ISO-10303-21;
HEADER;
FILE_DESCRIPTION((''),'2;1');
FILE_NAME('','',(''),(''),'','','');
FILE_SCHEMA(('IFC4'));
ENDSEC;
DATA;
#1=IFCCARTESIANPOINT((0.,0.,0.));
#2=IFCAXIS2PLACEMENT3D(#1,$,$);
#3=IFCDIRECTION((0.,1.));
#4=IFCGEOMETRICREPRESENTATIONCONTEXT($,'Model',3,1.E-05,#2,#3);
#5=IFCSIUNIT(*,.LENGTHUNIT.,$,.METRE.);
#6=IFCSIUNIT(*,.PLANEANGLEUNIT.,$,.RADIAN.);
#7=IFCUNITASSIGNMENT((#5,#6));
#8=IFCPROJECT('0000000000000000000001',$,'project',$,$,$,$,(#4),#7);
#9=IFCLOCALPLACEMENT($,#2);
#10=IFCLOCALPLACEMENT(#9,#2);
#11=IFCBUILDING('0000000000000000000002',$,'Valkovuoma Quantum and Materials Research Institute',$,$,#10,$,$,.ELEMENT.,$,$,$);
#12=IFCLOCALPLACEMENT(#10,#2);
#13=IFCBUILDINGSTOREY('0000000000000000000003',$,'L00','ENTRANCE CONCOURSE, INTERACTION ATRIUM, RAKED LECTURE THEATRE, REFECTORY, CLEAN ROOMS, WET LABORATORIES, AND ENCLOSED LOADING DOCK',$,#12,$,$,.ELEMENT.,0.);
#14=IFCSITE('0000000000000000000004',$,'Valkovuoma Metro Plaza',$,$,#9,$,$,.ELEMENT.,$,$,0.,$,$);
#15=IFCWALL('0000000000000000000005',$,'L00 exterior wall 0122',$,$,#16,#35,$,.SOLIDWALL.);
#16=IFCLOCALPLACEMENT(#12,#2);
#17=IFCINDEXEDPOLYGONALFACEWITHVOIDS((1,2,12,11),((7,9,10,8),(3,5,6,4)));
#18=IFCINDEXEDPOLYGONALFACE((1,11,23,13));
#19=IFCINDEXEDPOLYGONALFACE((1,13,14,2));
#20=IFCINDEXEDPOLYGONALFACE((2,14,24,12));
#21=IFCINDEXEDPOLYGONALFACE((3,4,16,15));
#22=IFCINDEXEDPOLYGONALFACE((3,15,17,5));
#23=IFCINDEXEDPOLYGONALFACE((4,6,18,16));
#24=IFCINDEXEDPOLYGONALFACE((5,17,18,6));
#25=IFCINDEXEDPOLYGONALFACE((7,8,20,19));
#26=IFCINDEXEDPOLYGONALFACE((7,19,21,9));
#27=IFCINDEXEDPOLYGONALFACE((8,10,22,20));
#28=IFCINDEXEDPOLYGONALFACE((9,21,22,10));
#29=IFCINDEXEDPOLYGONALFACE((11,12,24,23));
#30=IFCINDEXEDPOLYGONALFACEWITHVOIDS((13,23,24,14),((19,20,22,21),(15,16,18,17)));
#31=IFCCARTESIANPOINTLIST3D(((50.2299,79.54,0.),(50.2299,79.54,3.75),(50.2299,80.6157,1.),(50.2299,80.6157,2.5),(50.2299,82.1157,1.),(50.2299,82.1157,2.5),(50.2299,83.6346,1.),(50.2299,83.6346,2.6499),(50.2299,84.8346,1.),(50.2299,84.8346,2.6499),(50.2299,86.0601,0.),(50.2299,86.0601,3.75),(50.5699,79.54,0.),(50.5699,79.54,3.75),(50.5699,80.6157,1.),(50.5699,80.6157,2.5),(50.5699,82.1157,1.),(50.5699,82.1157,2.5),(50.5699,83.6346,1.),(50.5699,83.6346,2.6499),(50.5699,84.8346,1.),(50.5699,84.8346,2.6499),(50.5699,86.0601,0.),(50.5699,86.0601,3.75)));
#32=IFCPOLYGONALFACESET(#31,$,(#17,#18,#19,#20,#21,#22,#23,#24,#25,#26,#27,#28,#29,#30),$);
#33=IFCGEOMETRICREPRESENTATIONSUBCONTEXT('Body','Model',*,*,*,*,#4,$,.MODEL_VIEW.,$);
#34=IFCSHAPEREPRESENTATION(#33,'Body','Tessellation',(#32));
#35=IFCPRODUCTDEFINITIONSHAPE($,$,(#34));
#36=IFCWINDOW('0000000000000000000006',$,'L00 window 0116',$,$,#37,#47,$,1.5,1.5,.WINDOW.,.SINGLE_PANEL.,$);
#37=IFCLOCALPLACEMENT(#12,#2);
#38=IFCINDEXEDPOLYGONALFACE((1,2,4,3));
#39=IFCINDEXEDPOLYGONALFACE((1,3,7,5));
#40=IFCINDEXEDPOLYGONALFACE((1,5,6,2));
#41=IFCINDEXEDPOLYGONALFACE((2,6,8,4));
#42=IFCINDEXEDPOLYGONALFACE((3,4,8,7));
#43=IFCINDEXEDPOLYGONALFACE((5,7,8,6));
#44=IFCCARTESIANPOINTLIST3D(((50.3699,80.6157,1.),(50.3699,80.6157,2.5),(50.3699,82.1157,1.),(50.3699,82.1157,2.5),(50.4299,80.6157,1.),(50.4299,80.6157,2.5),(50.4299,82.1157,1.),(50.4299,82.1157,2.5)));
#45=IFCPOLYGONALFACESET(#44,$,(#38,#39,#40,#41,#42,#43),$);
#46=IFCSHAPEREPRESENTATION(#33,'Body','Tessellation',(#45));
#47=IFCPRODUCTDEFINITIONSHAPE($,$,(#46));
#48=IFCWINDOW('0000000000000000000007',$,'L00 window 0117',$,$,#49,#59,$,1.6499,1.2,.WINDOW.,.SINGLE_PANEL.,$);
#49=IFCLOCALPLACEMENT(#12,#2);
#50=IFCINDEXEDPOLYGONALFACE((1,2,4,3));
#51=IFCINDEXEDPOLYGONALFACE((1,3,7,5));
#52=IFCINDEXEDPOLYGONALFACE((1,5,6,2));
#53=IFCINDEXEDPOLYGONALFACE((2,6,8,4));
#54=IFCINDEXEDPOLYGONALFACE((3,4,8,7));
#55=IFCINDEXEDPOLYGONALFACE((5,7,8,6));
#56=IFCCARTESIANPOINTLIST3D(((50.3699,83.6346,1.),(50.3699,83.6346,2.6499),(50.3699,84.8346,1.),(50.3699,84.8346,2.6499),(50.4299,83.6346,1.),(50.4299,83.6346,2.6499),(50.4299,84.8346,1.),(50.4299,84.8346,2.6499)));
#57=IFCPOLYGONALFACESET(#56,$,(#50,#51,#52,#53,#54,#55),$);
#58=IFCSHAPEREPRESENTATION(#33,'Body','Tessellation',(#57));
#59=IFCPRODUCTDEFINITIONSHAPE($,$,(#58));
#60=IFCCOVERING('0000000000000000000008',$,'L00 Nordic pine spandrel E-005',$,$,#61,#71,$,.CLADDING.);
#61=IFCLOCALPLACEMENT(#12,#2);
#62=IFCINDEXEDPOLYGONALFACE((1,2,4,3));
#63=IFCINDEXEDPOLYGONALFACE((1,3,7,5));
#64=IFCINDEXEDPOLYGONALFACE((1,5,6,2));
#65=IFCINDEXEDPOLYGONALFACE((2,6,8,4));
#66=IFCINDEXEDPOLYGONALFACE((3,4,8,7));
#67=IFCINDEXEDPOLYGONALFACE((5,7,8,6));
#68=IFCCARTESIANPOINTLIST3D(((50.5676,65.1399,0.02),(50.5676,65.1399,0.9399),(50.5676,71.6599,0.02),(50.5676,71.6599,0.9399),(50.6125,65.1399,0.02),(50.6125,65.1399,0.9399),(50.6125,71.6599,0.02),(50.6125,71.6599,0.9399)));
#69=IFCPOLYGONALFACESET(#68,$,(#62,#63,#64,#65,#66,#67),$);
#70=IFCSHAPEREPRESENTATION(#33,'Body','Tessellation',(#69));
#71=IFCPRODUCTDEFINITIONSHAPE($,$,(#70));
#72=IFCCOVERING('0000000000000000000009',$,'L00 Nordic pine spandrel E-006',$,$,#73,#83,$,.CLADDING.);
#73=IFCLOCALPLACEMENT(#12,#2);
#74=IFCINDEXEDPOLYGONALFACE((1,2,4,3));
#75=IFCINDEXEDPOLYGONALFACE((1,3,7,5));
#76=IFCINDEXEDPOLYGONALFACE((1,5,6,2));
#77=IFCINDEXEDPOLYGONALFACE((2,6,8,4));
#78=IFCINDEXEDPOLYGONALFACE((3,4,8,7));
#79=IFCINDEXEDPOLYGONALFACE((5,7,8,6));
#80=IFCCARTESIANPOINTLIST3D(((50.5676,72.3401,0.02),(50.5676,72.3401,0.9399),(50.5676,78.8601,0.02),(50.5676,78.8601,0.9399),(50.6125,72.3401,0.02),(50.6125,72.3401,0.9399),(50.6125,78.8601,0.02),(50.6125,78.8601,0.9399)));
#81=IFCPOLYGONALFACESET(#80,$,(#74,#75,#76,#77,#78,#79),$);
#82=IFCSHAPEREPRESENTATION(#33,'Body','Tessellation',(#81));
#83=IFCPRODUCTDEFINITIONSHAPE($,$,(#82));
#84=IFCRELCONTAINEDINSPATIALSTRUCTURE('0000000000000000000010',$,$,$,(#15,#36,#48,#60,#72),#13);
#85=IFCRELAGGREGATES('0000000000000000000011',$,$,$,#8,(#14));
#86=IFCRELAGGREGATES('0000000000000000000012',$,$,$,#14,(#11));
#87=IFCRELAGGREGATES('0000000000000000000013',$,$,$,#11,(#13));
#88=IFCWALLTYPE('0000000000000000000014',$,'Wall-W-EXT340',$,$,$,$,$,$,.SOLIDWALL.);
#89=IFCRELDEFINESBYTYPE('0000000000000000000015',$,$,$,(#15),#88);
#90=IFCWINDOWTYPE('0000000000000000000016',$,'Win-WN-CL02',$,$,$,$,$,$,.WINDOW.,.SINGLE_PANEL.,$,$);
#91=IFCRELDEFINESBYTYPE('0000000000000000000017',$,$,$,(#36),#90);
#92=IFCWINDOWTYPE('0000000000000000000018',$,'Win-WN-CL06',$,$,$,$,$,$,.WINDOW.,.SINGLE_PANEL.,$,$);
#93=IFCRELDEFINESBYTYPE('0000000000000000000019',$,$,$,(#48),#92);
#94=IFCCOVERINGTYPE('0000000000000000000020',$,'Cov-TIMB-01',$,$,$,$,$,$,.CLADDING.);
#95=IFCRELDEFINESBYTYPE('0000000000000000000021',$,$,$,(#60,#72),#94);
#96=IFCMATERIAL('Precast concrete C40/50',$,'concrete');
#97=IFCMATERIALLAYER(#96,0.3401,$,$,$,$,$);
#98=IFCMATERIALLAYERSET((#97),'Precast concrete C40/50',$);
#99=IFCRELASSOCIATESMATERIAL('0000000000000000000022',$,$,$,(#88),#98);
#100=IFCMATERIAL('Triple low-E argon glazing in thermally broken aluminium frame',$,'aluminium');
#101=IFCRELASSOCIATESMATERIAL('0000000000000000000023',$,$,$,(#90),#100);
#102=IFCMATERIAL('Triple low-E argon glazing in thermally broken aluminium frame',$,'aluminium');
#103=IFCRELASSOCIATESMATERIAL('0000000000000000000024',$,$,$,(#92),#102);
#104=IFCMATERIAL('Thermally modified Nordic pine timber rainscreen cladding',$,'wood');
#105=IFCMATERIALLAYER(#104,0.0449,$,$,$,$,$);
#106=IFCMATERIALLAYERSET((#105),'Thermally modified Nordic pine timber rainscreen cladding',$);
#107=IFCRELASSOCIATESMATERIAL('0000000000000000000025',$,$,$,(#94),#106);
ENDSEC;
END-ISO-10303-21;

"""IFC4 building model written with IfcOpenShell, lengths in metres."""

from ifc_helpers import new_model, si_unit, direction, frame, frame_2d, origin, origin_2d, place, context, subcontext, project, spatial, rectangle, extrude, material, layer, layer_set, type_object, element, fill, save


model = new_model("IFC4")

# Units and contexts
model_context = context("Model", 3, precision=1e-05, world=origin(), true_north=direction((0.0, 1.0)))
body_context = subcontext(model_context, "Body", "Model", "MODEL_VIEW")
ifc_project = project(units=[si_unit("LENGTHUNIT", "METRE"), si_unit("PLANEANGLEUNIT", "RADIAN")], contexts=[model_context])

# Site, building, storey
site_placement = place(None, origin())
site = spatial("IfcSite", under=ifc_project, at=site_placement, Name="Valkovuoma Metro Plaza", CompositionType="ELEMENT", RefElevation=0.0)
building_placement = place(site_placement, origin())
building = spatial("IfcBuilding", under=site, at=building_placement, Name="Valkovuoma Quantum and Materials Research Institute", CompositionType="ELEMENT")
storey_placement = place(building_placement, origin())
storey = spatial("IfcBuildingStorey", under=building, at=storey_placement, Name="L00", Description="ENTRANCE CONCOURSE, INTERACTION ATRIUM, RAKED LECTURE THEATRE, REFECTORY, CLEAN ROOMS, WET LABORATORIES, AND ENCLOSED LOADING DOCK", CompositionType="ELEMENT", Elevation=0.0)

# Wall, openings, windows
ifc_material_1 = material(Name="Precast concrete C40/50", Category="concrete")
ifc_layer_1 = layer(ifc_material_1, 0.3401)
ifc_layer_set_1 = layer_set([ifc_layer_1], Name="Precast concrete C40/50")
wall_type_1 = type_object("IfcWallType", Name="Wall-W-EXT340", PredefinedType="SOLIDWALL", material=ifc_layer_set_1)
wall_1_placement = place(storey_placement, frame((50.3999, 79.54, 0.0), z_axis=(0.0, 0.0, 1.0), x_axis=(0.0, 1.0, 0.0)))
wall_1 = element("IfcWall", 1, at=wall_1_placement, inside=storey, type_object=wall_type_1, Name="L00 exterior wall 0122", PredefinedType="SOLIDWALL", context=body_context, shape_type="SweptSolid", body=[
    extrude(rectangle(XDim=6.52, YDim=0.3401, at=frame_2d((3.26, 0.0))), origin(), (0.0, 0.0, 1.0), 3.75),
])
opening_1_placement = place(wall_1_placement, frame((1.0757, 0.0, 1.0)))
opening_1 = element("IfcOpeningElement", 2, at=opening_1_placement, cuts=wall_1, PredefinedType="OPENING", context=body_context, shape_type="SweptSolid", body=[
    extrude(rectangle(XDim=1.5, YDim=1.5, at=frame_2d((0.75, 0.75))), frame((0.0, 0.1802, 0.0), z_axis=(0.0, -1.0, 0.0), x_axis=(1.0, 0.0, 0.0)), (0.0, 0.0, 1.0), 0.3601),
])
opening_2_placement = place(wall_1_placement, frame((4.0945, 0.0, 1.0)))
opening_2 = element("IfcOpeningElement", 3, at=opening_2_placement, cuts=wall_1, PredefinedType="OPENING", context=body_context, shape_type="SweptSolid", body=[
    extrude(rectangle(XDim=1.2, YDim=1.6499, at=frame_2d((0.6001, 0.825))), frame((0.0, 0.1802, 0.0), z_axis=(0.0, -1.0, 0.0), x_axis=(1.0, 0.0, 0.0)), (0.0, 0.0, 1.0), 0.3601),
])
ifc_material_2 = material(Name="Triple low-E argon glazing in thermally broken aluminium frame", Category="aluminium")
window_type_1 = type_object("IfcWindowType", Name="Win-WN-CL02", PartitioningType="SINGLE_PANEL", PredefinedType="WINDOW", material=ifc_material_2)
window_1_placement = place(opening_1_placement, origin())
window_1 = element("IfcWindow", 4, at=window_1_placement, inside=storey, type_object=window_type_1, Name="L00 window 0116", OverallHeight=1.5, OverallWidth=1.5, PartitioningType="SINGLE_PANEL", PredefinedType="WINDOW", context=body_context, shape_type="SweptSolid", body=[
    extrude(rectangle(XDim=1.5, YDim=1.5, at=frame_2d((0.75, 0.75))), frame((0.0, 0.03, 0.0), z_axis=(0.0, -1.0, 0.0), x_axis=(1.0, 0.0, 0.0)), (0.0, 0.0, 1.0), 0.0601),
])
fill(opening_1, window_1)
ifc_material_3 = material(Name="Triple low-E argon glazing in thermally broken aluminium frame", Category="aluminium")
window_type_2 = type_object("IfcWindowType", Name="Win-WN-CL06", PartitioningType="SINGLE_PANEL", PredefinedType="WINDOW", material=ifc_material_3)
window_2_placement = place(opening_2_placement, origin())
window_2 = element("IfcWindow", 5, at=window_2_placement, inside=storey, type_object=window_type_2, Name="L00 window 0117", OverallHeight=1.6499, OverallWidth=1.2, PartitioningType="SINGLE_PANEL", PredefinedType="WINDOW", context=body_context, shape_type="SweptSolid", body=[
    extrude(rectangle(XDim=1.2, YDim=1.6499, at=frame_2d((0.6001, 0.825))), frame((0.0, 0.03, 0.0), z_axis=(0.0, -1.0, 0.0), x_axis=(1.0, 0.0, 0.0)), (0.0, 0.0, 1.0), 0.0601),
])
fill(opening_2, window_2)

# Coverings
ifc_material_4 = material(Name="Thermally modified Nordic pine timber rainscreen cladding", Category="wood")
ifc_layer_2 = layer(ifc_material_4, 0.0449)
ifc_layer_set_2 = layer_set([ifc_layer_2], Name="Thermally modified Nordic pine timber rainscreen cladding")
covering_type = type_object("IfcCoveringType", Name="Cov-TIMB-01", PredefinedType="CLADDING", material=ifc_layer_set_2)
for number, where, z_axis, x_axis, name in (
    (6, (50.5901, 68.3999, 0.02), (0.0, 0.0, 1.0), (1.0, 0.0, 0.0), "L00 Nordic pine spandrel E-005"),
    (7, (50.5901, 75.6001, 0.02), (0.0, 0.0, 1.0), (1.0, 0.0, 0.0), "L00 Nordic pine spandrel E-006"),
):
    element("IfcCovering", number, at=place(storey_placement, frame(where, z_axis=z_axis, x_axis=x_axis)), inside=storey, type_object=covering_type, Name=name, PredefinedType="CLADDING", context=body_context, shape_type="SweptSolid", body=[
        extrude(rectangle(XDim=0.0449, YDim=6.52, at=origin_2d()), origin(), (0.0, 0.0, 1.0), 0.9199),
    ])

save(model, "model.ifc")
